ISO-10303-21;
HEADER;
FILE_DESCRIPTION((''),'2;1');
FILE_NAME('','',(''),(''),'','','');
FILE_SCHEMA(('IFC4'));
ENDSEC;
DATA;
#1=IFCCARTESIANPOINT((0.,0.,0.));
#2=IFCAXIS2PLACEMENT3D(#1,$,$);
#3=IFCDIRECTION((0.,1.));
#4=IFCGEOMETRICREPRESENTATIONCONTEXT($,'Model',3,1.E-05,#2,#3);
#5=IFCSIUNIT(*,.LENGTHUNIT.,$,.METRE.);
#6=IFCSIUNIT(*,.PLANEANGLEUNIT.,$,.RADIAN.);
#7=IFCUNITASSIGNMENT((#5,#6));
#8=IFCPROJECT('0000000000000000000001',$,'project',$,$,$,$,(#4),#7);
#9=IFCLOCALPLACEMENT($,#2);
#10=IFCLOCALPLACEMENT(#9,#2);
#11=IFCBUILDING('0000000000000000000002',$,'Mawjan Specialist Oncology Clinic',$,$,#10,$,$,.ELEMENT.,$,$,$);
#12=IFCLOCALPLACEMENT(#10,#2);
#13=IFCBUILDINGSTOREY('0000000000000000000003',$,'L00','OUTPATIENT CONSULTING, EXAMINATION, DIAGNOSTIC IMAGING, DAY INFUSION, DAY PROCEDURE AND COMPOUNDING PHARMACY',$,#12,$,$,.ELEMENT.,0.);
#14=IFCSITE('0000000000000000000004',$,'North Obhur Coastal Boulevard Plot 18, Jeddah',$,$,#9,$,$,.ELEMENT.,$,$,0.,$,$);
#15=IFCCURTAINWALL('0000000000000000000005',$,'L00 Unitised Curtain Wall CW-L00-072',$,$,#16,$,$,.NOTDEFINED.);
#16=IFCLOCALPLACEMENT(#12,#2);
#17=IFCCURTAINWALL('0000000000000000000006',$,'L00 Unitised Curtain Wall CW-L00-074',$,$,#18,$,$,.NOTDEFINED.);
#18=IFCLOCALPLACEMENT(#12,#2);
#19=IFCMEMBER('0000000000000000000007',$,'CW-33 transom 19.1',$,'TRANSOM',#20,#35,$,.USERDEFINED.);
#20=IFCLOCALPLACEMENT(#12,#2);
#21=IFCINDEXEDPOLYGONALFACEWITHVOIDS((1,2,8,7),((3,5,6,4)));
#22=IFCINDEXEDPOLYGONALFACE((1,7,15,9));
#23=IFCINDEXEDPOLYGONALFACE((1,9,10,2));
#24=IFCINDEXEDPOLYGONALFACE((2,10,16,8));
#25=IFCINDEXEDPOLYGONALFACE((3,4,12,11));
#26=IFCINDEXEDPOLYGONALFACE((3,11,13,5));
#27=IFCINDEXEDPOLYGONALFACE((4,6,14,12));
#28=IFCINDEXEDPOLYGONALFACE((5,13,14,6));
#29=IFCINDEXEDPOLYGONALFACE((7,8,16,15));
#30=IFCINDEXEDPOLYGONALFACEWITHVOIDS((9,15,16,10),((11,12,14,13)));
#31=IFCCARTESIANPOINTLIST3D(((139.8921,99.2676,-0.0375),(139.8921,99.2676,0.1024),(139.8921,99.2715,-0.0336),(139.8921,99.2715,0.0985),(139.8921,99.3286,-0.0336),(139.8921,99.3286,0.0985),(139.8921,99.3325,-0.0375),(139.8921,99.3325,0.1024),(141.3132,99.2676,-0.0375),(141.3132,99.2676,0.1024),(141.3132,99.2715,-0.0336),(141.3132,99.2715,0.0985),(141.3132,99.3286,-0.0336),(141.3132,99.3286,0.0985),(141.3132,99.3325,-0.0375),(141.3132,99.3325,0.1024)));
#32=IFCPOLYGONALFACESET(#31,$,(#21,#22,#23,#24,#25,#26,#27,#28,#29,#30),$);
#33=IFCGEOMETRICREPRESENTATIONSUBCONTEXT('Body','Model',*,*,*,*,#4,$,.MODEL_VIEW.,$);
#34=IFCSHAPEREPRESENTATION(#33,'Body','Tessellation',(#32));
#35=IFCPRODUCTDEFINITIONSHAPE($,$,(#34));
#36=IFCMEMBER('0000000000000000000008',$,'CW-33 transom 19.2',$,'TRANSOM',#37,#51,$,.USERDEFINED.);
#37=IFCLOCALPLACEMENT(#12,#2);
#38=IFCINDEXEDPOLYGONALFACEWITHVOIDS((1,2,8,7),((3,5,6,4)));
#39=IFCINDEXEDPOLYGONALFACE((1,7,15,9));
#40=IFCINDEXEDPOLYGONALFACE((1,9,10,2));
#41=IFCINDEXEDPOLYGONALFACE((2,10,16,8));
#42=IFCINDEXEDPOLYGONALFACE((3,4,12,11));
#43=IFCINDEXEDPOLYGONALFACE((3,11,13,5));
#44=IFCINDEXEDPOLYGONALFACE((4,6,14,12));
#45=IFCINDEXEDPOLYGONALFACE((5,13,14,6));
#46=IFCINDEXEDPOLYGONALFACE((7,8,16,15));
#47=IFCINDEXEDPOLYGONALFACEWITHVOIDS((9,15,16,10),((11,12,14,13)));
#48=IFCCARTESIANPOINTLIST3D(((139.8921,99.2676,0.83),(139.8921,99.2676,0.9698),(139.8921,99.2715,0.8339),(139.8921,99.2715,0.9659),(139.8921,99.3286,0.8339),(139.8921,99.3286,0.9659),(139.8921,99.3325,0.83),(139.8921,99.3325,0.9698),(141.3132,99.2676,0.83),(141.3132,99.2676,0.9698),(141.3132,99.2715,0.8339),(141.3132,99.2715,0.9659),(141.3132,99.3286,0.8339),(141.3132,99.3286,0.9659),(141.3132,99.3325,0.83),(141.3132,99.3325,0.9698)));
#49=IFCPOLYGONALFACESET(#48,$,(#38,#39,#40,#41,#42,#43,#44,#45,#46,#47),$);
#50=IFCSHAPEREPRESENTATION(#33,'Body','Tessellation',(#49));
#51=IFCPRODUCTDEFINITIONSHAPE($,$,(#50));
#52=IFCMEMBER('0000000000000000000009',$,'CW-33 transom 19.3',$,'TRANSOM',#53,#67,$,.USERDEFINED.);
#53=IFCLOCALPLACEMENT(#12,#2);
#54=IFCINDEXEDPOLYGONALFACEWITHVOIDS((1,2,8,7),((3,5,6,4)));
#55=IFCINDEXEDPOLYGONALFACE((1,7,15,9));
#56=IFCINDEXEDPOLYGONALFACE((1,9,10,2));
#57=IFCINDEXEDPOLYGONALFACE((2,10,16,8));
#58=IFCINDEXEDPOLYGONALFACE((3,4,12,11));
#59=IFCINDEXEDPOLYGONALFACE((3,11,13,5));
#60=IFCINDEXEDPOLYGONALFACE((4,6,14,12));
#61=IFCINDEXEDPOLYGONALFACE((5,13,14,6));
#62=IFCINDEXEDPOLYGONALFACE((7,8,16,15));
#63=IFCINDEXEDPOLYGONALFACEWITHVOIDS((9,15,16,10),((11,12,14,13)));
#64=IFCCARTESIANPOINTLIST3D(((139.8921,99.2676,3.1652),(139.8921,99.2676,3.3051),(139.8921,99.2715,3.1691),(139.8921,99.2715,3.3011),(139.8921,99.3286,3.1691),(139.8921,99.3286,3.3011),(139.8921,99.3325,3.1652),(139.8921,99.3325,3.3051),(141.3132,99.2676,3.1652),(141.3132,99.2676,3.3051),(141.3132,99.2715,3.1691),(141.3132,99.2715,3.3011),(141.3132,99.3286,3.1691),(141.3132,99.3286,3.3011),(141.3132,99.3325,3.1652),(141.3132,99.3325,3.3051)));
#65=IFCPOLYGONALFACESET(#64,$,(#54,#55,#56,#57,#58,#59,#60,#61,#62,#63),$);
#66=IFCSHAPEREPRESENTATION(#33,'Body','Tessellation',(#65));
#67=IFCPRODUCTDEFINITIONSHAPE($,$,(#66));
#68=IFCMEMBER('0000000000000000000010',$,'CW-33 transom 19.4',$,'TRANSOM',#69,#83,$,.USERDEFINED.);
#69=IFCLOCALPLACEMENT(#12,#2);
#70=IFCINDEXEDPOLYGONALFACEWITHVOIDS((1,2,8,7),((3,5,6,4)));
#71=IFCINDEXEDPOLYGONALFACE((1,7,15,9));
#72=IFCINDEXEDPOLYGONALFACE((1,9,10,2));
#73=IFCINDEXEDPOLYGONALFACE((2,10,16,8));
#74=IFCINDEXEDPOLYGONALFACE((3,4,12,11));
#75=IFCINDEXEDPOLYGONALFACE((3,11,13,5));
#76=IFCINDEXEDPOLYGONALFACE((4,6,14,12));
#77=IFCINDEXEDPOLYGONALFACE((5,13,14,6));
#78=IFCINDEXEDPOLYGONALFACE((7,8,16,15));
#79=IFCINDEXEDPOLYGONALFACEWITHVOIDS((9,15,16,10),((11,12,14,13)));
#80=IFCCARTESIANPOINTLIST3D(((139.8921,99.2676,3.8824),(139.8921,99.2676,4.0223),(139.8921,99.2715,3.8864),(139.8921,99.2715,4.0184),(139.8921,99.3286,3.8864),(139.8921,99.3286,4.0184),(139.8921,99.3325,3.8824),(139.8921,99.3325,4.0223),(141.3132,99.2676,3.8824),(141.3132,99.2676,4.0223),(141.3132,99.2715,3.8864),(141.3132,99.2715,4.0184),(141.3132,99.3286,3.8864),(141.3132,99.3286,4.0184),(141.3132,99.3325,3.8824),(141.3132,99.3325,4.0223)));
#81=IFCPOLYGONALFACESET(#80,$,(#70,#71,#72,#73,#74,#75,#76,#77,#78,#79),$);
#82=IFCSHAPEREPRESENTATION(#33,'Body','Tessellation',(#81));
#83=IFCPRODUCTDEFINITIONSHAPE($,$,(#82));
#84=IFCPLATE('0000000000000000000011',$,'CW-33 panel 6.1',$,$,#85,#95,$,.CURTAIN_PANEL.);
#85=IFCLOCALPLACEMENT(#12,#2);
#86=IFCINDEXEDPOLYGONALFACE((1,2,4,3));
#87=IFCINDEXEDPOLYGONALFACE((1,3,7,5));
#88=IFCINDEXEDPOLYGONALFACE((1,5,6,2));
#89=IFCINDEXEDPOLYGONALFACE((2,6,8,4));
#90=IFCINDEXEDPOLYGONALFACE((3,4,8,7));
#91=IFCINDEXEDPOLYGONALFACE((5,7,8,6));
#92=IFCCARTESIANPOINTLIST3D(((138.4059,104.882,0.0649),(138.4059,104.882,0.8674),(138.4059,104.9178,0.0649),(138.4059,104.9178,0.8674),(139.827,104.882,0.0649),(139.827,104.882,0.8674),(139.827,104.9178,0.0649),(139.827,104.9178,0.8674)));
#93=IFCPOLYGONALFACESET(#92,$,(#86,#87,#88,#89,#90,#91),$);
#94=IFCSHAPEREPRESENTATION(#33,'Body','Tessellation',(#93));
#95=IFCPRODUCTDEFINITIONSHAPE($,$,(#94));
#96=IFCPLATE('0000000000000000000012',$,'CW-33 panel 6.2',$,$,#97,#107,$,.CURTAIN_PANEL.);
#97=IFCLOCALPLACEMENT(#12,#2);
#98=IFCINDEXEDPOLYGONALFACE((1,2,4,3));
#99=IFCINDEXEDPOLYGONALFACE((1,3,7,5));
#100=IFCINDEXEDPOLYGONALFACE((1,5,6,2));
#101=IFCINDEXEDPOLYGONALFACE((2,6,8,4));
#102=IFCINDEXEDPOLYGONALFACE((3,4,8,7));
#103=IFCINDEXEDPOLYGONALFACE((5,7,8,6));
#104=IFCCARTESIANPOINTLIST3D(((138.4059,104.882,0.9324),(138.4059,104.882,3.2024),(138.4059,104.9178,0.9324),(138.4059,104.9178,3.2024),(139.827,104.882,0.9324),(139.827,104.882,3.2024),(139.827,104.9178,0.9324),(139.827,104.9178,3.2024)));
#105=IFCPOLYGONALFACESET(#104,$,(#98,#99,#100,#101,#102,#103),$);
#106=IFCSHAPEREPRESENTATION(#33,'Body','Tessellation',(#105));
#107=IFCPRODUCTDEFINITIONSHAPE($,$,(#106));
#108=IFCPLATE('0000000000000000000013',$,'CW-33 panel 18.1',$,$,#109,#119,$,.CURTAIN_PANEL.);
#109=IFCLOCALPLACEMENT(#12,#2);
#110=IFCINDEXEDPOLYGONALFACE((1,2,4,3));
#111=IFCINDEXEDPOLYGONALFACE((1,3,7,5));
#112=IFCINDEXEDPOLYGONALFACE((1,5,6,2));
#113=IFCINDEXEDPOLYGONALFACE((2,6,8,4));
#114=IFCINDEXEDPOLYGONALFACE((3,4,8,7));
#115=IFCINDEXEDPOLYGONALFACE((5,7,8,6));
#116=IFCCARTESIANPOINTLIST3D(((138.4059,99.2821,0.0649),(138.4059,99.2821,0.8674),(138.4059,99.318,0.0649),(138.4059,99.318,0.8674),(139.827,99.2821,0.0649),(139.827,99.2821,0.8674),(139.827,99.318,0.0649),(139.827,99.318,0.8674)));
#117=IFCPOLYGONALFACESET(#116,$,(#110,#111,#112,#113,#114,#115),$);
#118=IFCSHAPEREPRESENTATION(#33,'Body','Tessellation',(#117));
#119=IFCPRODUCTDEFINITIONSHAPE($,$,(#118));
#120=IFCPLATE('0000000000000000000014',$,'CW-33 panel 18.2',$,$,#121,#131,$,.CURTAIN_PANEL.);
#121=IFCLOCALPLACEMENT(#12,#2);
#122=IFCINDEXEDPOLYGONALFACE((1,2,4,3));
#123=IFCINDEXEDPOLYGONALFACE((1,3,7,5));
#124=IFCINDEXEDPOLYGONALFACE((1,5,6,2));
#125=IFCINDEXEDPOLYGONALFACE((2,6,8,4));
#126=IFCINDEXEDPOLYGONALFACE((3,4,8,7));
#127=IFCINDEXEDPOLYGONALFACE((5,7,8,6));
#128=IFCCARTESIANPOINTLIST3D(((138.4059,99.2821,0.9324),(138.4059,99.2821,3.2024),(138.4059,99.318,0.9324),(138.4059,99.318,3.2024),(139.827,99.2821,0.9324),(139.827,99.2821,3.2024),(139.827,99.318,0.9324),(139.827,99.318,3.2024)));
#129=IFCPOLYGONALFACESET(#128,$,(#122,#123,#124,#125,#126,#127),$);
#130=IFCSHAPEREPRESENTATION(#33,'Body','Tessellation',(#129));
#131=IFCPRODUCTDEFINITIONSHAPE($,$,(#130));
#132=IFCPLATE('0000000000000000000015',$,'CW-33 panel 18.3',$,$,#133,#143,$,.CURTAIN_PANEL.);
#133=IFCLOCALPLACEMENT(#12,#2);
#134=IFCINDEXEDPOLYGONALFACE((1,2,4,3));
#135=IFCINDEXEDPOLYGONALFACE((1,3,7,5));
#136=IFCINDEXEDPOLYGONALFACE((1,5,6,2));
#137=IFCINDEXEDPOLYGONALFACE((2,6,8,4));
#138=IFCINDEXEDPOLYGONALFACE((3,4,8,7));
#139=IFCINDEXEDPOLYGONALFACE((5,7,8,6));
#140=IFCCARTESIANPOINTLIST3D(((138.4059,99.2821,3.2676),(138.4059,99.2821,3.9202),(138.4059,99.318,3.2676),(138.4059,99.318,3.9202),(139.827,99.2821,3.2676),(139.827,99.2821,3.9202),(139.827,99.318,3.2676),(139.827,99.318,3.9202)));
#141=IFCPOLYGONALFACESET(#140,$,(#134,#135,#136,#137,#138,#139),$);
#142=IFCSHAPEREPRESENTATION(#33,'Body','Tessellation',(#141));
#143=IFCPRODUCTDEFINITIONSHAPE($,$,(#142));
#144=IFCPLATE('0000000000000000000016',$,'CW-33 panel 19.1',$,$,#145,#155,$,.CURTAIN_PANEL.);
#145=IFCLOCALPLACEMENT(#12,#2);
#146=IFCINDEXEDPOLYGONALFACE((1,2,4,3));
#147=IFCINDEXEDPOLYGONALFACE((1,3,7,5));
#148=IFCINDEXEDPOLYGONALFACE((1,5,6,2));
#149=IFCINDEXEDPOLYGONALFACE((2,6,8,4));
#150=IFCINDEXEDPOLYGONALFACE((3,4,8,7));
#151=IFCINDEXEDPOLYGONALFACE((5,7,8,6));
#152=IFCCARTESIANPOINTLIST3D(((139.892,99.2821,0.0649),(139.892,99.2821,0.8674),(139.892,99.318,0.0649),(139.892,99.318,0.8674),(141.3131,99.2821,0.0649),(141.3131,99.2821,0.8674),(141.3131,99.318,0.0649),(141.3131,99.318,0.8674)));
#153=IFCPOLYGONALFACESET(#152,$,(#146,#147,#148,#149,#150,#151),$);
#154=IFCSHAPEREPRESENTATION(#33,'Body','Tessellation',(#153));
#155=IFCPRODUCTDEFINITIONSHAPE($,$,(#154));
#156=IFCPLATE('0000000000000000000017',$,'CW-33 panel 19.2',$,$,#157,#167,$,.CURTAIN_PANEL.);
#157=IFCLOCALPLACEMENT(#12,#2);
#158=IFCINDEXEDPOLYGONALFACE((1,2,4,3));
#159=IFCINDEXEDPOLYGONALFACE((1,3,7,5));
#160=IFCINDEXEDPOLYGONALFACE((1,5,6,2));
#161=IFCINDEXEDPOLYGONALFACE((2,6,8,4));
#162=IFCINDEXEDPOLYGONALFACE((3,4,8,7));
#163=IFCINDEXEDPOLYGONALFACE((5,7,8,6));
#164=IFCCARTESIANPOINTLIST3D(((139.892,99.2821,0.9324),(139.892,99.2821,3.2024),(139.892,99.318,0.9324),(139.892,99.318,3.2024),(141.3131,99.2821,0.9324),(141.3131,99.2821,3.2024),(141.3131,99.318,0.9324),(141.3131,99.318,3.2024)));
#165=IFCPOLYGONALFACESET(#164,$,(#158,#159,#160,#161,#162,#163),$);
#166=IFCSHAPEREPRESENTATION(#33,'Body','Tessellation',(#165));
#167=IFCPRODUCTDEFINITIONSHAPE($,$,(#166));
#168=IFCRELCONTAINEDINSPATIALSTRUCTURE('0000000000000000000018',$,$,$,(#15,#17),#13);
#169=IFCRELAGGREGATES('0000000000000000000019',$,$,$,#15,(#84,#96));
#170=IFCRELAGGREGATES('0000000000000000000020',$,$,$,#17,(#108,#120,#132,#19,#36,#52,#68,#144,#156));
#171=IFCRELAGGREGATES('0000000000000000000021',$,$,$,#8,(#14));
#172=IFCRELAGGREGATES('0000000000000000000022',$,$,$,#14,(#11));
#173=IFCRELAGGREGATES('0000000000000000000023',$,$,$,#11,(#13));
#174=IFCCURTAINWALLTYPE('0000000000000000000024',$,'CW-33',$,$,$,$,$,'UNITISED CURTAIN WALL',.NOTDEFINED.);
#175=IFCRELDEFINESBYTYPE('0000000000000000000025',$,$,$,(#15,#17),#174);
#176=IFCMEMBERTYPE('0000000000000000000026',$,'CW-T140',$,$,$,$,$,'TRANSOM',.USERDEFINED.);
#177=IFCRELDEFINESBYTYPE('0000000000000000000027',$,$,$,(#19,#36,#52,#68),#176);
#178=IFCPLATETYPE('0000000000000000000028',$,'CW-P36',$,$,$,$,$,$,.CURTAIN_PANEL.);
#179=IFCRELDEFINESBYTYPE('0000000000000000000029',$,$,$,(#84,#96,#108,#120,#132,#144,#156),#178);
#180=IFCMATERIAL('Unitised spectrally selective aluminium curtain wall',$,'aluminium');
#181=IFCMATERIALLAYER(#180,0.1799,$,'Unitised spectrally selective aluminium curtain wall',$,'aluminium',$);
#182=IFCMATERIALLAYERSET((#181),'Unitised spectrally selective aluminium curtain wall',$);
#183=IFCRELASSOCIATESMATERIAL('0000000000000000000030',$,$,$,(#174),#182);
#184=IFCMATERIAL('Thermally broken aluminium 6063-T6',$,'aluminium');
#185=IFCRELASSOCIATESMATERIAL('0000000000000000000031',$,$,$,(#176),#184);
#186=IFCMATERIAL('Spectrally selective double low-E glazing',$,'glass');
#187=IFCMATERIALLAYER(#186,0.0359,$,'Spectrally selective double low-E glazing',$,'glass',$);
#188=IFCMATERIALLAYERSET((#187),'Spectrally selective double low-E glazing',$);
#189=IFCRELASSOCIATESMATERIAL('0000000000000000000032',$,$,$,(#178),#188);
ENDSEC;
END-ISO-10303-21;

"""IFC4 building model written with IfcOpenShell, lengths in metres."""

from ifc_helpers import new_model, si_unit, direction, frame, origin, origin_2d, place, context, subcontext, project, spatial, rectangle, hollow_rectangle, extrude, material, layer, layer_set, material_profile, profile_set, type_object, element, aggregate, save


model = new_model("IFC4")

# Units and contexts
model_context = context("Model", 3, precision=1e-05, world=origin(), true_north=direction((0.0, 1.0)))
body_context = subcontext(model_context, "Body", "Model", "MODEL_VIEW")
ifc_project = project(units=[si_unit("LENGTHUNIT", "METRE"), si_unit("PLANEANGLEUNIT", "RADIAN")], contexts=[model_context])

# Site, building, storey
site_placement = place(None, origin())
site = spatial("IfcSite", under=ifc_project, at=site_placement, Name="North Obhur Coastal Boulevard Plot 18, Jeddah", CompositionType="ELEMENT", RefElevation=0.0)
building_placement = place(site_placement, origin())
building = spatial("IfcBuilding", under=site, at=building_placement, Name="Mawjan Specialist Oncology Clinic", CompositionType="ELEMENT")
storey_placement = place(building_placement, origin())
storey = spatial("IfcBuildingStorey", under=building, at=storey_placement, Name="L00", Description="OUTPATIENT CONSULTING, EXAMINATION, DIAGNOSTIC IMAGING, DAY INFUSION, DAY PROCEDURE AND COMPOUNDING PHARMACY", CompositionType="ELEMENT", Elevation=0.0)

# Curtain wall
ifc_material_1 = material(Name="Unitised spectrally selective aluminium curtain wall", Category="aluminium")
ifc_layer_1 = layer(ifc_material_1, 0.1799, Name="Unitised spectrally selective aluminium curtain wall", Category="aluminium")
ifc_layer_set_1 = layer_set([ifc_layer_1], Name="Unitised spectrally selective aluminium curtain wall")
curtain_wall_type = type_object("IfcCurtainWallType", Name="CW-33", ElementType="UNITISED CURTAIN WALL", PredefinedType="NOTDEFINED", material=ifc_layer_set_1)
curtain_wall_1_placement = place(storey_placement, origin())
curtain_wall_1 = element("IfcCurtainWall", 1, at=curtain_wall_1_placement, inside=storey, type_object=curtain_wall_type, Name="L00 Unitised Curtain Wall CW-L00-072", PredefinedType="NOTDEFINED")

# Curtain wall
curtain_wall_2_placement = place(storey_placement, origin())
curtain_wall_2 = element("IfcCurtainWall", 2, at=curtain_wall_2_placement, inside=storey, type_object=curtain_wall_type, Name="L00 Unitised Curtain Wall CW-L00-074", PredefinedType="NOTDEFINED")

# Members
ifc_material_2 = material(Name="Thermally broken aluminium 6063-T6", Category="aluminium")
ifc_material_profile_1 = material_profile(ifc_material_2, hollow_rectangle(XDim=0.0649, YDim=0.1399, WallThickness=0.0039, at=origin_2d()), Name="ALU TRANSOM 140x65x4", Category="aluminium")
ifc_profile_set_1 = profile_set([ifc_material_profile_1], Name="Thermally broken aluminium 6063-T6")
member_type_1 = type_object("IfcMemberType", Name="CW-T140", ElementType="TRANSOM", PredefinedType="USERDEFINED", material=ifc_profile_set_1)
member_1_placement = place(storey_placement, frame((139.8921, 99.3, 0.0325), z_axis=(1.0, 0.0, 0.0), x_axis=(0.0, 1.0, 0.0)))
member_1 = element("IfcMember", 3, at=member_1_placement, type_object=member_type_1, Name="CW-33 transom 19.1", ObjectType="TRANSOM", PredefinedType="USERDEFINED", context=body_context, shape_type="SweptSolid", body=[
    extrude(hollow_rectangle(XDim=0.0649, YDim=0.1399, WallThickness=0.0039, at=origin_2d()), origin(), (0.0, 0.0, 1.0), 1.4211),
])
member_2_placement = place(storey_placement, frame((139.8921, 99.3, 0.8999), z_axis=(1.0, 0.0, 0.0), x_axis=(0.0, 1.0, 0.0)))
member_2 = element("IfcMember", 4, at=member_2_placement, type_object=member_type_1, Name="CW-33 transom 19.2", ObjectType="TRANSOM", PredefinedType="USERDEFINED", context=body_context, shape_type="SweptSolid", body=[
    extrude(hollow_rectangle(XDim=0.0649, YDim=0.1399, WallThickness=0.0039, at=origin_2d()), origin(), (0.0, 0.0, 1.0), 1.4211),
])
member_3_placement = place(storey_placement, frame((139.8921, 99.3, 3.2351), z_axis=(1.0, 0.0, 0.0), x_axis=(0.0, 1.0, 0.0)))
member_3 = element("IfcMember", 5, at=member_3_placement, type_object=member_type_1, Name="CW-33 transom 19.3", ObjectType="TRANSOM", PredefinedType="USERDEFINED", context=body_context, shape_type="SweptSolid", body=[
    extrude(hollow_rectangle(XDim=0.0649, YDim=0.1399, WallThickness=0.0039, at=origin_2d()), origin(), (0.0, 0.0, 1.0), 1.4211),
])
member_4_placement = place(storey_placement, frame((139.8921, 99.3, 3.9524), z_axis=(1.0, 0.0, 0.0), x_axis=(0.0, 1.0, 0.0)))
member_4 = element("IfcMember", 6, at=member_4_placement, type_object=member_type_1, Name="CW-33 transom 19.4", ObjectType="TRANSOM", PredefinedType="USERDEFINED", context=body_context, shape_type="SweptSolid", body=[
    extrude(hollow_rectangle(XDim=0.0649, YDim=0.1399, WallThickness=0.0039, at=origin_2d()), origin(), (0.0, 0.0, 1.0), 1.4211),
])

# Plates
ifc_material_3 = material(Name="Spectrally selective double low-E glazing", Category="glass")
ifc_layer_2 = layer(ifc_material_3, 0.0359, Name="Spectrally selective double low-E glazing", Category="glass")
ifc_layer_set_2 = layer_set([ifc_layer_2], Name="Spectrally selective double low-E glazing")
plate_type = type_object("IfcPlateType", Name="CW-P36", PredefinedType="CURTAIN_PANEL", material=ifc_layer_set_2)
plate_1_placement = place(storey_placement, frame((139.1165, 104.8999, 0.0649), z_axis=(0.0, 0.0, 1.0), x_axis=(-1.0, 0.0, 0.0)))
plate_1 = element("IfcPlate", 7, at=plate_1_placement, type_object=plate_type, Name="CW-33 panel 6.1", PredefinedType="CURTAIN_PANEL", context=body_context, shape_type="SweptSolid", body=[
    extrude(rectangle(XDim=1.4211, YDim=0.0359, at=origin_2d()), origin(), (0.0, 0.0, 1.0), 0.8025),
])
plate_2_placement = place(storey_placement, frame((139.1165, 104.8999, 0.9324), z_axis=(0.0, 0.0, 1.0), x_axis=(-1.0, 0.0, 0.0)))
plate_2 = element("IfcPlate", 8, at=plate_2_placement, type_object=plate_type, Name="CW-33 panel 6.2", PredefinedType="CURTAIN_PANEL", context=body_context, shape_type="SweptSolid", body=[
    extrude(rectangle(XDim=1.4211, YDim=0.0359, at=origin_2d()), origin(), (0.0, 0.0, 1.0), 2.27),
])
aggregate(curtain_wall_1, [plate_1, plate_2])
plate_3_placement = place(storey_placement, frame((139.1165, 99.3, 0.0649), z_axis=(0.0, 0.0, 1.0), x_axis=(1.0, 0.0, 0.0)))
plate_3 = element("IfcPlate", 9, at=plate_3_placement, type_object=plate_type, Name="CW-33 panel 18.1", PredefinedType="CURTAIN_PANEL", context=body_context, shape_type="SweptSolid", body=[
    extrude(rectangle(XDim=1.4211, YDim=0.0359, at=origin_2d()), origin(), (0.0, 0.0, 1.0), 0.8025),
])
plate_4_placement = place(storey_placement, frame((139.1165, 99.3, 0.9324), z_axis=(0.0, 0.0, 1.0), x_axis=(1.0, 0.0, 0.0)))
plate_4 = element("IfcPlate", 10, at=plate_4_placement, type_object=plate_type, Name="CW-33 panel 18.2", PredefinedType="CURTAIN_PANEL", context=body_context, shape_type="SweptSolid", body=[
    extrude(rectangle(XDim=1.4211, YDim=0.0359, at=origin_2d()), origin(), (0.0, 0.0, 1.0), 2.27),
])
plate_5_placement = place(storey_placement, frame((139.1165, 99.3, 3.2676), z_axis=(0.0, 0.0, 1.0), x_axis=(1.0, 0.0, 0.0)))
plate_5 = element("IfcPlate", 11, at=plate_5_placement, type_object=plate_type, Name="CW-33 panel 18.3", PredefinedType="CURTAIN_PANEL", context=body_context, shape_type="SweptSolid", body=[
    extrude(rectangle(XDim=1.4211, YDim=0.0359, at=origin_2d()), origin(), (0.0, 0.0, 1.0), 0.6526),
])
plate_6_placement = place(storey_placement, frame((140.6025, 99.3, 0.0649), z_axis=(0.0, 0.0, 1.0), x_axis=(1.0, 0.0, 0.0)))
plate_6 = element("IfcPlate", 12, at=plate_6_placement, type_object=plate_type, Name="CW-33 panel 19.1", PredefinedType="CURTAIN_PANEL", context=body_context, shape_type="SweptSolid", body=[
    extrude(rectangle(XDim=1.4211, YDim=0.0359, at=origin_2d()), origin(), (0.0, 0.0, 1.0), 0.8025),
])
plate_7_placement = place(storey_placement, frame((140.6025, 99.3, 0.9324), z_axis=(0.0, 0.0, 1.0), x_axis=(1.0, 0.0, 0.0)))
plate_7 = element("IfcPlate", 13, at=plate_7_placement, type_object=plate_type, Name="CW-33 panel 19.2", PredefinedType="CURTAIN_PANEL", context=body_context, shape_type="SweptSolid", body=[
    extrude(rectangle(XDim=1.4211, YDim=0.0359, at=origin_2d()), origin(), (0.0, 0.0, 1.0), 2.27),
])
aggregate(curtain_wall_2, [plate_3, plate_4, plate_5, member_1, member_2, member_3, member_4, plate_6, plate_7])

save(model, "model.ifc")
